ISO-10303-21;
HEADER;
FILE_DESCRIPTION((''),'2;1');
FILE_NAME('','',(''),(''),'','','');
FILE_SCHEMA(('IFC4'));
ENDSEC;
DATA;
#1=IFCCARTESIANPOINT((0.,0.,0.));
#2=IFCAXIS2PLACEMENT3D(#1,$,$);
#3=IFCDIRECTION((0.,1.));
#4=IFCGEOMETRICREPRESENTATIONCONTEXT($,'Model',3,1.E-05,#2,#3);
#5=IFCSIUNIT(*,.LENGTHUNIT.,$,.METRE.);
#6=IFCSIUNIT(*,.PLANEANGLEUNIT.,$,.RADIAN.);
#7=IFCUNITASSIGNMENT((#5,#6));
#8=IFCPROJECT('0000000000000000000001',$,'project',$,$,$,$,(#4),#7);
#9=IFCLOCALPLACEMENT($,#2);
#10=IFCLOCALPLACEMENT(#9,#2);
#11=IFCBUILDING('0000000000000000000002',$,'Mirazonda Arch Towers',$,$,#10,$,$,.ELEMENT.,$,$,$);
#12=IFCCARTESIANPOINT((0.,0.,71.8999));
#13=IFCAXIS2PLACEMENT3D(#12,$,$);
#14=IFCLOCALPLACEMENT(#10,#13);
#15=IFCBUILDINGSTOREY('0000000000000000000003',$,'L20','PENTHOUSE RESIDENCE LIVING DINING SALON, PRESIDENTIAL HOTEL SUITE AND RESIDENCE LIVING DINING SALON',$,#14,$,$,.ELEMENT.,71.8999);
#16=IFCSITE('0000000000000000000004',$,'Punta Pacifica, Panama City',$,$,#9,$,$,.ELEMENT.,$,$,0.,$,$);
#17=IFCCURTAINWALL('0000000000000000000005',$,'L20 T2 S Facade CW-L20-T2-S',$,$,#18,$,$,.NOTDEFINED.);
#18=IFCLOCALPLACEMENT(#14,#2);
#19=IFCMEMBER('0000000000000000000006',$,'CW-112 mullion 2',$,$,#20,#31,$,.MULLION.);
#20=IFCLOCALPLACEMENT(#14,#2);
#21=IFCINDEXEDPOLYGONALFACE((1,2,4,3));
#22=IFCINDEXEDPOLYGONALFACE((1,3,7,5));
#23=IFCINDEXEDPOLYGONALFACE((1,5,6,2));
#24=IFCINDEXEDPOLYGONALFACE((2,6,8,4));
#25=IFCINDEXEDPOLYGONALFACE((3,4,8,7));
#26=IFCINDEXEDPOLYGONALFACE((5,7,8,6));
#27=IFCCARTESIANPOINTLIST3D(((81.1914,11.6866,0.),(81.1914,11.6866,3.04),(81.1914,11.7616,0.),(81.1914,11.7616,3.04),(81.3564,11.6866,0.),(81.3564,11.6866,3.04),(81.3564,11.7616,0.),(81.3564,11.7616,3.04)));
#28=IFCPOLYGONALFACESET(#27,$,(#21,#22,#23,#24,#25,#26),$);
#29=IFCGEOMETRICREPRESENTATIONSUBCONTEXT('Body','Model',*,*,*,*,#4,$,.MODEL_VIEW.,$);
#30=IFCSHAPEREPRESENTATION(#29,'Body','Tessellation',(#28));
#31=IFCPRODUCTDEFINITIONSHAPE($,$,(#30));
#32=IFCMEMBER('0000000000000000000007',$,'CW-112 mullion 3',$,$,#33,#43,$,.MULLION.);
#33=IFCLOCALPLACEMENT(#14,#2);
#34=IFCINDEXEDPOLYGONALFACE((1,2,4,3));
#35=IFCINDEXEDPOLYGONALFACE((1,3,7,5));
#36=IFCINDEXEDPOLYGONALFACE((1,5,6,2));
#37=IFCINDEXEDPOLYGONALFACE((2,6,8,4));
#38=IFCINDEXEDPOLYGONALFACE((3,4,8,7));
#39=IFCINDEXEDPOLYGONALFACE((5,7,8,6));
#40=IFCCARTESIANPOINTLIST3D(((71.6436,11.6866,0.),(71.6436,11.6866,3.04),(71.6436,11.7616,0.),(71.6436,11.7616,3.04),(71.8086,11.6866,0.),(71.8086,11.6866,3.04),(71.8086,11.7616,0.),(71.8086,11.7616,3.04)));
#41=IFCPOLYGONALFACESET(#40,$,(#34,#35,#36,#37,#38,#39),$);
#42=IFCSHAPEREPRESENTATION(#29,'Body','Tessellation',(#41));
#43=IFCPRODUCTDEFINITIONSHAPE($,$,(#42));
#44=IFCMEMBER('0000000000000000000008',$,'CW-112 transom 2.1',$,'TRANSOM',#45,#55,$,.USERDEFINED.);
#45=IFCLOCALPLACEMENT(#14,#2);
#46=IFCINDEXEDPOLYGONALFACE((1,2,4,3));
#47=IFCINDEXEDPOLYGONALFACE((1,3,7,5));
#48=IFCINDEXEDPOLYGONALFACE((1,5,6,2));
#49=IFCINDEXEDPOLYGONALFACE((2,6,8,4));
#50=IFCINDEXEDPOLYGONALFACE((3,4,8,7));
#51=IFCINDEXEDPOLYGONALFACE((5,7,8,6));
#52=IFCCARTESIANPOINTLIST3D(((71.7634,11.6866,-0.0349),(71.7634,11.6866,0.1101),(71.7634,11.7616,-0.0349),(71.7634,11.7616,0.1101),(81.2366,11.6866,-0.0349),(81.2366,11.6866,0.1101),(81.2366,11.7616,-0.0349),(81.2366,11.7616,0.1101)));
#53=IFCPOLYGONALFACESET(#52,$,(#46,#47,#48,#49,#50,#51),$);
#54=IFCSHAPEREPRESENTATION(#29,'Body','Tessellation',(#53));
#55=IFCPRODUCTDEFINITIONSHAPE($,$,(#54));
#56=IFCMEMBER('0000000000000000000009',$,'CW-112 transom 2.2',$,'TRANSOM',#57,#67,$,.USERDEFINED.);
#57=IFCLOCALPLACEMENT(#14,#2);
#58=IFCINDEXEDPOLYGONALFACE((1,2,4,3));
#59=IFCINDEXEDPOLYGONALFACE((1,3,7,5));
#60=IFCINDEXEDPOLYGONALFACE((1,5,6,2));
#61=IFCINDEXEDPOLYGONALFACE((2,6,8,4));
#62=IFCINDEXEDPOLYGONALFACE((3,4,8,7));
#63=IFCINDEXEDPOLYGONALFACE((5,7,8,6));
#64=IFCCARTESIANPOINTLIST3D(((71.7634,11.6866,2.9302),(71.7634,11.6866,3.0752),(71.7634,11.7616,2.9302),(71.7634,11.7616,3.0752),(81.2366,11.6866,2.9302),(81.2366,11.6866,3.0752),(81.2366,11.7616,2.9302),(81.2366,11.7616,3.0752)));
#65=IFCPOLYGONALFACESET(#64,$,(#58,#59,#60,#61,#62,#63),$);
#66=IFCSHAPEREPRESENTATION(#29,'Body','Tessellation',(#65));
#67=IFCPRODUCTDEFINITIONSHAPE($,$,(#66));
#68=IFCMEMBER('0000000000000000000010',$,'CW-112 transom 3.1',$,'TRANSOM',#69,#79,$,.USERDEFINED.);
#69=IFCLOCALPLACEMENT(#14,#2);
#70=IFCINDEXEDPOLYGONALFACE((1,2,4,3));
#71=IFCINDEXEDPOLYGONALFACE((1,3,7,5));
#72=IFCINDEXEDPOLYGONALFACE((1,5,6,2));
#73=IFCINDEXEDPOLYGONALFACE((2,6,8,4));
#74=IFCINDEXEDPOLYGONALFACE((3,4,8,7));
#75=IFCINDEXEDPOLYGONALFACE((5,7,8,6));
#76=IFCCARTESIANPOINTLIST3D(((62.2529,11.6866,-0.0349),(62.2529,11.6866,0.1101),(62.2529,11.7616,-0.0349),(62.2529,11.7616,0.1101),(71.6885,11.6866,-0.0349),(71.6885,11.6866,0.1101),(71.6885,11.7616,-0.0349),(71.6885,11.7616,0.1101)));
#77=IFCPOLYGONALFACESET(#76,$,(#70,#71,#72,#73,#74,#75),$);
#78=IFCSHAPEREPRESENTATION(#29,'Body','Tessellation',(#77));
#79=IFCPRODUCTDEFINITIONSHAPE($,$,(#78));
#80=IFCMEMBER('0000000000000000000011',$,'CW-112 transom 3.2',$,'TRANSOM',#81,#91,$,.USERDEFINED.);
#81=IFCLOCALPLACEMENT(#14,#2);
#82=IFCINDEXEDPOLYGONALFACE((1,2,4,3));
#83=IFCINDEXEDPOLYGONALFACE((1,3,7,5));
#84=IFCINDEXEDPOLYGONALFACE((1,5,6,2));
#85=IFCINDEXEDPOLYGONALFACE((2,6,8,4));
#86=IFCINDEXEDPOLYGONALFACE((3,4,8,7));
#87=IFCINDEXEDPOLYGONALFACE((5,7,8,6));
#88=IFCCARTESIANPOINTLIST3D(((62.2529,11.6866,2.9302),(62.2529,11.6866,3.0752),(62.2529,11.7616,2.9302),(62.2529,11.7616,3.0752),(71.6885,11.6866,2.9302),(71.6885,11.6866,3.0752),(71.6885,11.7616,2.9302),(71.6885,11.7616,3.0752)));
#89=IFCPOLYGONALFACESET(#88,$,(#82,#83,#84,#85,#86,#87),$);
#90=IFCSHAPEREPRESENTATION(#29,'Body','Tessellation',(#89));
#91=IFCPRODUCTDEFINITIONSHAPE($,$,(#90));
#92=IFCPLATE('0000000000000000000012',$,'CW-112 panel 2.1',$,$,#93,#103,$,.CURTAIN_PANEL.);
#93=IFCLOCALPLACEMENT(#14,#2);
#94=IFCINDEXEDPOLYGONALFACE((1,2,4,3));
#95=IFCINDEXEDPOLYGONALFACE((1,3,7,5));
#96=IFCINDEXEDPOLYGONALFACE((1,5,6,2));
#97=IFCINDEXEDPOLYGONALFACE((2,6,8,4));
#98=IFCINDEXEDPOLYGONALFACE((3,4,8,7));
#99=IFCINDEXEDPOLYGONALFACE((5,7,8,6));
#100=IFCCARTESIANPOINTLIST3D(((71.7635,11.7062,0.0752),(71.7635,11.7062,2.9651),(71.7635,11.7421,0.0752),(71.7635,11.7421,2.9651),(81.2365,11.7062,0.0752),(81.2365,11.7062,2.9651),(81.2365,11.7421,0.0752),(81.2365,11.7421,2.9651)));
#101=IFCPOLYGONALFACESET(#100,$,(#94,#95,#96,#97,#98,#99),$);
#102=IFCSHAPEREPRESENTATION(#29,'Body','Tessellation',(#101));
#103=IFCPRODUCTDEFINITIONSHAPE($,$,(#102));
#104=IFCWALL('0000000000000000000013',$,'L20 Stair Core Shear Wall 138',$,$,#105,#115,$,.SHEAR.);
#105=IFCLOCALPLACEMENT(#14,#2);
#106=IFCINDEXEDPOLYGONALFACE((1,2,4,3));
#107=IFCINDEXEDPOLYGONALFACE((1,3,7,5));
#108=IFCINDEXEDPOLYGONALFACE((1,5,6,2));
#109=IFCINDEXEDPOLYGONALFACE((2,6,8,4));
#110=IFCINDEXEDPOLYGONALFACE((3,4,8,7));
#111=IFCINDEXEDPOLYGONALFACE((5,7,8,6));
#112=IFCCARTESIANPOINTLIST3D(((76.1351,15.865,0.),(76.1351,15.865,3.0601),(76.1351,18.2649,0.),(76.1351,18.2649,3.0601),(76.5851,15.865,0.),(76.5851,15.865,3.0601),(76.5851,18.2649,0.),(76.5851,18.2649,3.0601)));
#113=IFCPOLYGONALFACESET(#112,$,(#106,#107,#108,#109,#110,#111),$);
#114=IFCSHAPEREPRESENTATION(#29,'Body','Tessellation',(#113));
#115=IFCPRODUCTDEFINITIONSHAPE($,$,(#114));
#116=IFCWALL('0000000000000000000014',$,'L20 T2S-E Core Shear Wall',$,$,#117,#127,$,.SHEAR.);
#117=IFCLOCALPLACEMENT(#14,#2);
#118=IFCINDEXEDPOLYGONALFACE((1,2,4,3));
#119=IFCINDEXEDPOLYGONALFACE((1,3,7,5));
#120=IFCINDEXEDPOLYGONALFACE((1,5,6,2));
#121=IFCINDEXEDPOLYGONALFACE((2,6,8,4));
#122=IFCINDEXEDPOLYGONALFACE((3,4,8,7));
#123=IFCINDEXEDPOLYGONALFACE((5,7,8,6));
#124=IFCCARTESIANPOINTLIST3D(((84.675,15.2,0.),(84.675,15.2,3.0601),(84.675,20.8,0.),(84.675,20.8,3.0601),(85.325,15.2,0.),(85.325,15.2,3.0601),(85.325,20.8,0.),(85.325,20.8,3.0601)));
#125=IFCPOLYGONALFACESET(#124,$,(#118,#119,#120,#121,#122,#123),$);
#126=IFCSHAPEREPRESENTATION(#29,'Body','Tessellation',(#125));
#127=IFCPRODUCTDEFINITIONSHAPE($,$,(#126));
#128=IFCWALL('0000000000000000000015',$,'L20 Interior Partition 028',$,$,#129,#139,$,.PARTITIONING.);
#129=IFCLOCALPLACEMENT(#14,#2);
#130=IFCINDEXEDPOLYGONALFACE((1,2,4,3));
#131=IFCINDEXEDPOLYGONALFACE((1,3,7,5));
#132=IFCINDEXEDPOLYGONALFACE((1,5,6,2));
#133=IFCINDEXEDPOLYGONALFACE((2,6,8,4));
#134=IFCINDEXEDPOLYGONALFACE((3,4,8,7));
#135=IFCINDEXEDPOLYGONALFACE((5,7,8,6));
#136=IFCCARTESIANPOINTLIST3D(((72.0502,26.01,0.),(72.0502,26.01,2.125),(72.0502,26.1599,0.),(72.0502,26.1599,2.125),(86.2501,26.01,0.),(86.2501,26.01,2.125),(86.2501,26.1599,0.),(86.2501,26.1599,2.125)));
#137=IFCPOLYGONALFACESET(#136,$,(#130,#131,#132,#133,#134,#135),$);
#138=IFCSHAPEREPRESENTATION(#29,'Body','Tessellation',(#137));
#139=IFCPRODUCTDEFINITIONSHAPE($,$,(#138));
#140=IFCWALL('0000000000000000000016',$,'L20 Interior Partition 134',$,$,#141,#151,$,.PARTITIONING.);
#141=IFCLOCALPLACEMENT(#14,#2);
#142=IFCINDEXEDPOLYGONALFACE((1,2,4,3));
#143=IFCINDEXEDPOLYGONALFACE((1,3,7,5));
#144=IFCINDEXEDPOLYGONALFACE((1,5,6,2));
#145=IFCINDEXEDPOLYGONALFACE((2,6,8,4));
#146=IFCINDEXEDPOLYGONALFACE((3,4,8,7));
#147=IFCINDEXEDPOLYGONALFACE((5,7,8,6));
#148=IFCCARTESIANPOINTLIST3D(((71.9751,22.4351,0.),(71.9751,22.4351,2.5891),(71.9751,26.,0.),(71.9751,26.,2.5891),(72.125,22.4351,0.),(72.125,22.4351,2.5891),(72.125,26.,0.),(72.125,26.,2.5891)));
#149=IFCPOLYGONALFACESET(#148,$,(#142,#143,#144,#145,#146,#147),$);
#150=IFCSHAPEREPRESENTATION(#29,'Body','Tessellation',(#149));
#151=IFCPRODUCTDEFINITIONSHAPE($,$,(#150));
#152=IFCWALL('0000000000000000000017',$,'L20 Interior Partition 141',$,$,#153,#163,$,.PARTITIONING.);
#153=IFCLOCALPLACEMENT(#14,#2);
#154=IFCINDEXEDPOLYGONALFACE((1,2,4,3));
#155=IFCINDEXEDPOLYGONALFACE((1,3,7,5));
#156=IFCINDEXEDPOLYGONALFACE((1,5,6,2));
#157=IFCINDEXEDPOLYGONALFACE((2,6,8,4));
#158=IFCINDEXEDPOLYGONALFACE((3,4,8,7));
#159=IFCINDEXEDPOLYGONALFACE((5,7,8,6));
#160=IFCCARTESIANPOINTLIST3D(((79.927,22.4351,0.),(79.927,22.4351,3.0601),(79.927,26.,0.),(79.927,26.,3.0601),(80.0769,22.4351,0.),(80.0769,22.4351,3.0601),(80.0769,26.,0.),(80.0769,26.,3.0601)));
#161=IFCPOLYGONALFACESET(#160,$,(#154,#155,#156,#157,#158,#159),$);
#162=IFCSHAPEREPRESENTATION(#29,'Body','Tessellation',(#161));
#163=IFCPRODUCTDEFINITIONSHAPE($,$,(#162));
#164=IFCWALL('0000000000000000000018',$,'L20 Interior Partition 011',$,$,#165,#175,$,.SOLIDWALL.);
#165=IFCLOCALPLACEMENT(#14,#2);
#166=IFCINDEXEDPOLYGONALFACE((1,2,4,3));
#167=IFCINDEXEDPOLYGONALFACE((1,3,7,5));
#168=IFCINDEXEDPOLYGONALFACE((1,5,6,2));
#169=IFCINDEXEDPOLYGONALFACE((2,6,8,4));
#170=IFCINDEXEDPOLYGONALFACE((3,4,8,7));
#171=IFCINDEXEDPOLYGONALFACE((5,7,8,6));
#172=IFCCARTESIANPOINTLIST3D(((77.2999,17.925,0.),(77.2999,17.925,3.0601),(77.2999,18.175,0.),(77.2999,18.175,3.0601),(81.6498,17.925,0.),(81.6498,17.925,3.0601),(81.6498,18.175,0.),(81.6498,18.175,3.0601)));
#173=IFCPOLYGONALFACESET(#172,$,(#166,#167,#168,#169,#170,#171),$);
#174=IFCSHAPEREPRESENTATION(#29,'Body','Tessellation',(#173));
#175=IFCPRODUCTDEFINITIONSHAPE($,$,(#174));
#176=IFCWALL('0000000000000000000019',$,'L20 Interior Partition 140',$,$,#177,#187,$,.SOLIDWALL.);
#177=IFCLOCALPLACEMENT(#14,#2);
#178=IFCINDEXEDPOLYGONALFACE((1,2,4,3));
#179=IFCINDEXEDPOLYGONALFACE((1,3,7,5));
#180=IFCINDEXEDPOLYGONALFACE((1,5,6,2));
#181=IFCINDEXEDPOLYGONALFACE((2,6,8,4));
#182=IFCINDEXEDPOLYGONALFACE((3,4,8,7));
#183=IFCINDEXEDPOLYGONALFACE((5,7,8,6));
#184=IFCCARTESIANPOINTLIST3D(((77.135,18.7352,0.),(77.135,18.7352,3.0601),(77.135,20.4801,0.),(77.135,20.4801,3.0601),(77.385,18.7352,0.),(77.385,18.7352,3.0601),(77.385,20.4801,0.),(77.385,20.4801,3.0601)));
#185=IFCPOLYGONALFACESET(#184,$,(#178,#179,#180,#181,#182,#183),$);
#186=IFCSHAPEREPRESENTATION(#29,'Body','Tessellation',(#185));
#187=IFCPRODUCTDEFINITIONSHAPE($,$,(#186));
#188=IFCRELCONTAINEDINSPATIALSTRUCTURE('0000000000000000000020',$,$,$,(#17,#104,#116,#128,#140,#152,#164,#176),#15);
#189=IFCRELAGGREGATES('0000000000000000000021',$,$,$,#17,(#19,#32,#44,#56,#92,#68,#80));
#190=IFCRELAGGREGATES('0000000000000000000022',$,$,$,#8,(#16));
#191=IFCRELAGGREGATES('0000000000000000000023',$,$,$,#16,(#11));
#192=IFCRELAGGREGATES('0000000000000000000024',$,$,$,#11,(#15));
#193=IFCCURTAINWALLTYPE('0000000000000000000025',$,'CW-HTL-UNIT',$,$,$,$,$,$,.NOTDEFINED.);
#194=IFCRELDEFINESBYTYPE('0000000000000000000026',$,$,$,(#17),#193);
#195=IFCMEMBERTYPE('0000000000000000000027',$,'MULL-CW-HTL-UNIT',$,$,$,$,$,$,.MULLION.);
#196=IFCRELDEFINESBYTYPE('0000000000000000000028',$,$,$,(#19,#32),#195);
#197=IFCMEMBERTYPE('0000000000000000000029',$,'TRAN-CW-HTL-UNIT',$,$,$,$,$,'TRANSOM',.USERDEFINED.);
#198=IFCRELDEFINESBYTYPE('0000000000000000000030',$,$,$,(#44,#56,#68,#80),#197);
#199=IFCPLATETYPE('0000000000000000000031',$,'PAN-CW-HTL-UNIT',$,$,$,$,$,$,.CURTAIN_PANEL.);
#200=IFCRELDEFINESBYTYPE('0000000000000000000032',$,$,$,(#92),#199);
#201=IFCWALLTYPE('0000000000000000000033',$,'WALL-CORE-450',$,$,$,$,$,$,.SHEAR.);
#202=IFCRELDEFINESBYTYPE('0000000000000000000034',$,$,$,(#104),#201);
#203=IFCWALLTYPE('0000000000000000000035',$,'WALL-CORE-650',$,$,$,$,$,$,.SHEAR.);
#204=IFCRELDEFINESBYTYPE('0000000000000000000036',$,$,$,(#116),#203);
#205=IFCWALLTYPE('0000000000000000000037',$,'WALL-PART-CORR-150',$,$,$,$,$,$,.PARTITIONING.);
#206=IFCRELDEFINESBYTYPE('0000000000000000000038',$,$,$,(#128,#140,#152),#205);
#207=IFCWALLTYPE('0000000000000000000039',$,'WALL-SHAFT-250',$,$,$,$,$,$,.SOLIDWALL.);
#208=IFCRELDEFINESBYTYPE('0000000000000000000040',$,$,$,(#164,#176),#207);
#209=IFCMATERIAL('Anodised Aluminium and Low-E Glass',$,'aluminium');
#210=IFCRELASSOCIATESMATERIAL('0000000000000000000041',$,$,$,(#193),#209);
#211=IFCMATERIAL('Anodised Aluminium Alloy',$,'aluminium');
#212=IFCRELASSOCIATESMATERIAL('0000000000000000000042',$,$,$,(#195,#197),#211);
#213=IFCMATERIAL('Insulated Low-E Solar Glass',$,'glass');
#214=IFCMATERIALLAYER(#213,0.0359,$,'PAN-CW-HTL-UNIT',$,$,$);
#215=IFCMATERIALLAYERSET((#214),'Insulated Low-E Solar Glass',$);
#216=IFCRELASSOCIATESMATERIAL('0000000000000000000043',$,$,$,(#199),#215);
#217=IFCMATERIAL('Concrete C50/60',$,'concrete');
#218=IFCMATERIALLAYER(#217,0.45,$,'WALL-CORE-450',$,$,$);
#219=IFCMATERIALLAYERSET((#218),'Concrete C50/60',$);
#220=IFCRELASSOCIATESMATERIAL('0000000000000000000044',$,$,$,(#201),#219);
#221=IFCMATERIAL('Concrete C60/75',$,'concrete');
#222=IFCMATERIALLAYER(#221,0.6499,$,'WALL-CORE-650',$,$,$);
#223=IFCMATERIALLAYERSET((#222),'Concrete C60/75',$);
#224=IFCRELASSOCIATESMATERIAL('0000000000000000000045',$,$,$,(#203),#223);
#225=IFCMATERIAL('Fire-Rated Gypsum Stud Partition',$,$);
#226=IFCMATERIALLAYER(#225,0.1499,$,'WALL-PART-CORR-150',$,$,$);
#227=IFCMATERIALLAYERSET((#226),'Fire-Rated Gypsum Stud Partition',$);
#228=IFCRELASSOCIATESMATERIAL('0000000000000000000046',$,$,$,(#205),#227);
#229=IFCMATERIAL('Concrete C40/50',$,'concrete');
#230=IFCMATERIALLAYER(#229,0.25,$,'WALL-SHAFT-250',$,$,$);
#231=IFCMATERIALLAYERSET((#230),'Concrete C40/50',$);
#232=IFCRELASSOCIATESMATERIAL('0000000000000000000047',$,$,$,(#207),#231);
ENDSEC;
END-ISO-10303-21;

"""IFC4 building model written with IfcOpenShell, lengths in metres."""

from ifc_helpers import new_model, si_unit, direction, frame, frame_2d, origin, origin_2d, place, context, subcontext, project, spatial, rectangle, extrude, material, layer, layer_set, material_profile, profile_set, type_object, element, aggregate, save


model = new_model("IFC4")

# Units and contexts
model_context = context("Model", 3, precision=1e-05, world=origin(), true_north=direction((0.0, 1.0)))
body_context = subcontext(model_context, "Body", "Model", "MODEL_VIEW")
ifc_project = project(units=[si_unit("LENGTHUNIT", "METRE"), si_unit("PLANEANGLEUNIT", "RADIAN")], contexts=[model_context])

# Site, building, storey
site_placement = place(None, origin())
site = spatial("IfcSite", under=ifc_project, at=site_placement, Name="Punta Pacifica, Panama City", CompositionType="ELEMENT", RefElevation=0.0)
building_placement = place(site_placement, origin())
building = spatial("IfcBuilding", under=site, at=building_placement, Name="Mirazonda Arch Towers", CompositionType="ELEMENT")
storey_placement = place(building_placement, frame((0.0, 0.0, 71.8999)))
storey = spatial("IfcBuildingStorey", under=building, at=storey_placement, Name="L20", Description="PENTHOUSE RESIDENCE LIVING DINING SALON, PRESIDENTIAL HOTEL SUITE AND RESIDENCE LIVING DINING SALON", CompositionType="ELEMENT", Elevation=71.8999)

# Shared definitions
ifc_material_1 = material(Name="Concrete C60/75", Category="concrete")

# Curtain wall, members, plate
ifc_material_2 = material(Name="Anodised Aluminium and Low-E Glass", Category="aluminium")
curtain_wall_type = type_object("IfcCurtainWallType", Name="CW-HTL-UNIT", PredefinedType="NOTDEFINED", material=ifc_material_2)
curtain_wall_placement = place(storey_placement, origin())
curtain_wall = element("IfcCurtainWall", 1, at=curtain_wall_placement, inside=storey, type_object=curtain_wall_type, Name="L20 T2 S Facade CW-L20-T2-S", PredefinedType="NOTDEFINED")
ifc_material_3 = material(Name="Anodised Aluminium Alloy", Category="aluminium")
ifc_material_profile_1 = material_profile(ifc_material_3, rectangle(XDim=0.075, YDim=0.165, at=origin_2d()), Name="ALU-MULL-75x165")
ifc_profile_set_1 = profile_set([ifc_material_profile_1], Name="Anodised Aluminium Alloy")
member_type_1 = type_object("IfcMemberType", Name="MULL-CW-HTL-UNIT", PredefinedType="MULLION", material=ifc_profile_set_1)
member_1_placement = place(storey_placement, frame((81.2739, 11.7241, 0.0), z_axis=(0.0, 0.0, 1.0), x_axis=(0.0, -1.0, 0.0)))
member_1 = element("IfcMember", 2, at=member_1_placement, type_object=member_type_1, Name="CW-112 mullion 2", PredefinedType="MULLION", context=body_context, shape_type="SweptSolid", body=[
    extrude(rectangle(XDim=0.075, YDim=0.165, at=origin_2d()), origin(), (0.0, 0.0, 1.0), 3.04),
])
member_2_placement = place(storey_placement, frame((71.7261, 11.7241, 0.0), z_axis=(0.0, 0.0, 1.0), x_axis=(0.0, -1.0, 0.0)))
member_2 = element("IfcMember", 3, at=member_2_placement, type_object=member_type_1, Name="CW-112 mullion 3", PredefinedType="MULLION", context=body_context, shape_type="SweptSolid", body=[
    extrude(rectangle(XDim=0.075, YDim=0.165, at=origin_2d()), origin(), (0.0, 0.0, 1.0), 3.04),
])
ifc_material_profile_2 = material_profile(ifc_material_3, rectangle(XDim=0.075, YDim=0.145, at=origin_2d()), Name="ALU-TRAN-75x145")
ifc_profile_set_2 = profile_set([ifc_material_profile_2], Name="Anodised Aluminium Alloy")
member_type_2 = type_object("IfcMemberType", Name="TRAN-CW-HTL-UNIT", ElementType="TRANSOM", PredefinedType="USERDEFINED", material=ifc_profile_set_2)
member_3_placement = place(storey_placement, frame((81.2366, 11.7241, 0.0376), z_axis=(-1.0, 0.0, 0.0), x_axis=(0.0, -1.0, 0.0)))
member_3 = element("IfcMember", 4, at=member_3_placement, type_object=member_type_2, Name="CW-112 transom 2.1", ObjectType="TRANSOM", PredefinedType="USERDEFINED", context=body_context, shape_type="SweptSolid", body=[
    extrude(rectangle(XDim=0.075, YDim=0.145, at=origin_2d()), origin(), (0.0, 0.0, 1.0), 9.4731),
])
member_4_placement = place(storey_placement, frame((81.2366, 11.7241, 3.0027), z_axis=(-1.0, 0.0, 0.0), x_axis=(0.0, -1.0, 0.0)))
member_4 = element("IfcMember", 5, at=member_4_placement, type_object=member_type_2, Name="CW-112 transom 2.2", ObjectType="TRANSOM", PredefinedType="USERDEFINED", context=body_context, shape_type="SweptSolid", body=[
    extrude(rectangle(XDim=0.075, YDim=0.145, at=origin_2d()), origin(), (0.0, 0.0, 1.0), 9.4731),
])
member_5_placement = place(storey_placement, frame((71.6885, 11.7241, 0.0376), z_axis=(-1.0, 0.0, 0.0), x_axis=(0.0, -1.0, 0.0)))
member_5 = element("IfcMember", 6, at=member_5_placement, type_object=member_type_2, Name="CW-112 transom 3.1", ObjectType="TRANSOM", PredefinedType="USERDEFINED", context=body_context, shape_type="SweptSolid", body=[
    extrude(rectangle(XDim=0.075, YDim=0.145, at=origin_2d()), origin(), (0.0, 0.0, 1.0), 9.4355),
])
member_6_placement = place(storey_placement, frame((71.6885, 11.7241, 3.0027), z_axis=(-1.0, 0.0, 0.0), x_axis=(0.0, -1.0, 0.0)))
member_6 = element("IfcMember", 7, at=member_6_placement, type_object=member_type_2, Name="CW-112 transom 3.2", ObjectType="TRANSOM", PredefinedType="USERDEFINED", context=body_context, shape_type="SweptSolid", body=[
    extrude(rectangle(XDim=0.075, YDim=0.145, at=origin_2d()), origin(), (0.0, 0.0, 1.0), 9.4355),
])
ifc_material_4 = material(Name="Insulated Low-E Solar Glass", Category="glass")
ifc_layer_1 = layer(ifc_material_4, 0.0359, Name="PAN-CW-HTL-UNIT")
ifc_layer_set_1 = layer_set([ifc_layer_1], Name="Insulated Low-E Solar Glass")
plate_type = type_object("IfcPlateType", Name="PAN-CW-HTL-UNIT", PredefinedType="CURTAIN_PANEL", material=ifc_layer_set_1)
plate_placement = place(storey_placement, frame((76.5, 11.7241, 0.0752), z_axis=(0.0, 0.0, 1.0), x_axis=(-1.0, 0.0, 0.0)))
plate = element("IfcPlate", 8, at=plate_placement, type_object=plate_type, Name="CW-112 panel 2.1", PredefinedType="CURTAIN_PANEL", context=body_context, shape_type="SweptSolid", body=[
    extrude(rectangle(XDim=9.4729, YDim=0.0359, at=origin_2d()), origin(), (0.0, 0.0, 1.0), 2.8899),
])
aggregate(curtain_wall, [member_1, member_2, member_3, member_4, plate, member_5, member_6])

# Walls
ifc_material_5 = material(Name="Concrete C50/60", Category="concrete")
ifc_layer_2 = layer(ifc_material_5, 0.45, Name="WALL-CORE-450")
ifc_layer_set_2 = layer_set([ifc_layer_2], Name="Concrete C50/60")
wall_type_1 = type_object("IfcWallType", Name="WALL-CORE-450", PredefinedType="SHEAR", material=ifc_layer_set_2)
wall_1_placement = place(storey_placement, frame((76.3601, 15.865, 0.0), z_axis=(0.0, 0.0, 1.0), x_axis=(0.0, 1.0, 0.0)))
element("IfcWall", 9, at=wall_1_placement, inside=storey, type_object=wall_type_1, Name="L20 Stair Core Shear Wall 138", PredefinedType="SHEAR", context=body_context, shape_type="SweptSolid", body=[
    extrude(rectangle(XDim=2.3999, YDim=0.45, at=frame_2d((1.2, 0.0))), origin(), (0.0, 0.0, 1.0), 3.0601),
])
ifc_layer_3 = layer(ifc_material_1, 0.6499, Name="WALL-CORE-650")
ifc_layer_set_3 = layer_set([ifc_layer_3], Name="Concrete C60/75")
wall_type_2 = type_object("IfcWallType", Name="WALL-CORE-650", PredefinedType="SHEAR", material=ifc_layer_set_3)
wall_2_placement = place(storey_placement, frame((85.0, 15.2, 0.0), z_axis=(0.0, 0.0, 1.0), x_axis=(0.0, 1.0, 0.0)))
element("IfcWall", 10, at=wall_2_placement, inside=storey, type_object=wall_type_2, Name="L20 T2S-E Core Shear Wall", PredefinedType="SHEAR", context=body_context, shape_type="SweptSolid", body=[
    extrude(rectangle(XDim=5.6001, YDim=0.6499, at=frame_2d((2.8, 0.0))), origin(), (0.0, 0.0, 1.0), 3.0601),
])
ifc_material_6 = material(Name="Fire-Rated Gypsum Stud Partition")
ifc_layer_4 = layer(ifc_material_6, 0.1499, Name="WALL-PART-CORR-150")
ifc_layer_set_4 = layer_set([ifc_layer_4], Name="Fire-Rated Gypsum Stud Partition")
wall_type_3 = type_object("IfcWallType", Name="WALL-PART-CORR-150", PredefinedType="PARTITIONING", material=ifc_layer_set_4)
wall_3_placement = place(storey_placement, frame((72.05, 26.085, 0.0), z_axis=(0.0, 0.0, 1.0), x_axis=(1.0, 0.0, 0.0)))
element("IfcWall", 11, at=wall_3_placement, inside=storey, type_object=wall_type_3, Name="L20 Interior Partition 028", PredefinedType="PARTITIONING", context=body_context, shape_type="SweptSolid", body=[
    extrude(rectangle(XDim=14.2, YDim=0.1499, at=frame_2d((7.1001, 0.0))), origin(), (0.0, 0.0, 1.0), 2.125),
])
wall_4_placement = place(storey_placement, frame((72.05, 22.4351, 0.0), z_axis=(0.0, 0.0, 1.0), x_axis=(0.0, 1.0, 0.0)))
element("IfcWall", 12, at=wall_4_placement, inside=storey, type_object=wall_type_3, Name="L20 Interior Partition 134", PredefinedType="PARTITIONING", context=body_context, shape_type="SweptSolid", body=[
    extrude(rectangle(XDim=3.5649, YDim=0.1499, at=frame_2d((1.7825, 0.0))), origin(), (0.0, 0.0, 1.0), 2.5891),
])
wall_5_placement = place(storey_placement, frame((80.002, 22.4351, 0.0), z_axis=(0.0, 0.0, 1.0), x_axis=(0.0, 1.0, 0.0)))
element("IfcWall", 13, at=wall_5_placement, inside=storey, type_object=wall_type_3, Name="L20 Interior Partition 141", PredefinedType="PARTITIONING", context=body_context, shape_type="SweptSolid", body=[
    extrude(rectangle(XDim=3.5649, YDim=0.1499, at=frame_2d((1.7825, 0.0))), origin(), (0.0, 0.0, 1.0), 3.0601),
])
ifc_material_7 = material(Name="Concrete C40/50", Category="concrete")
ifc_layer_5 = layer(ifc_material_7, 0.25, Name="WALL-SHAFT-250")
ifc_layer_set_5 = layer_set([ifc_layer_5], Name="Concrete C40/50")
wall_type_4 = type_object("IfcWallType", Name="WALL-SHAFT-250", PredefinedType="SOLIDWALL", material=ifc_layer_set_5)
wall_6_placement = place(storey_placement, frame((77.3, 18.05, 0.0), z_axis=(0.0, 0.0, 1.0), x_axis=(1.0, 0.0, 0.0)))
element("IfcWall", 14, at=wall_6_placement, inside=storey, type_object=wall_type_4, Name="L20 Interior Partition 011", PredefinedType="SOLIDWALL", context=body_context, shape_type="SweptSolid", body=[
    extrude(rectangle(XDim=4.3499, YDim=0.25, at=frame_2d((2.1748, 0.0))), origin(), (0.0, 0.0, 1.0), 3.0601),
])
wall_7_placement = place(storey_placement, frame((77.26, 18.7351, 0.0), z_axis=(0.0, 0.0, 1.0), x_axis=(0.0, 1.0, 0.0)))
element("IfcWall", 15, at=wall_7_placement, inside=storey, type_object=wall_type_4, Name="L20 Interior Partition 140", PredefinedType="SOLIDWALL", context=body_context, shape_type="SweptSolid", body=[
    extrude(rectangle(XDim=1.7449, YDim=0.25, at=frame_2d((0.8726, 0.0))), origin(), (0.0, 0.0, 1.0), 3.0601),
])

save(model, "model.ifc")
